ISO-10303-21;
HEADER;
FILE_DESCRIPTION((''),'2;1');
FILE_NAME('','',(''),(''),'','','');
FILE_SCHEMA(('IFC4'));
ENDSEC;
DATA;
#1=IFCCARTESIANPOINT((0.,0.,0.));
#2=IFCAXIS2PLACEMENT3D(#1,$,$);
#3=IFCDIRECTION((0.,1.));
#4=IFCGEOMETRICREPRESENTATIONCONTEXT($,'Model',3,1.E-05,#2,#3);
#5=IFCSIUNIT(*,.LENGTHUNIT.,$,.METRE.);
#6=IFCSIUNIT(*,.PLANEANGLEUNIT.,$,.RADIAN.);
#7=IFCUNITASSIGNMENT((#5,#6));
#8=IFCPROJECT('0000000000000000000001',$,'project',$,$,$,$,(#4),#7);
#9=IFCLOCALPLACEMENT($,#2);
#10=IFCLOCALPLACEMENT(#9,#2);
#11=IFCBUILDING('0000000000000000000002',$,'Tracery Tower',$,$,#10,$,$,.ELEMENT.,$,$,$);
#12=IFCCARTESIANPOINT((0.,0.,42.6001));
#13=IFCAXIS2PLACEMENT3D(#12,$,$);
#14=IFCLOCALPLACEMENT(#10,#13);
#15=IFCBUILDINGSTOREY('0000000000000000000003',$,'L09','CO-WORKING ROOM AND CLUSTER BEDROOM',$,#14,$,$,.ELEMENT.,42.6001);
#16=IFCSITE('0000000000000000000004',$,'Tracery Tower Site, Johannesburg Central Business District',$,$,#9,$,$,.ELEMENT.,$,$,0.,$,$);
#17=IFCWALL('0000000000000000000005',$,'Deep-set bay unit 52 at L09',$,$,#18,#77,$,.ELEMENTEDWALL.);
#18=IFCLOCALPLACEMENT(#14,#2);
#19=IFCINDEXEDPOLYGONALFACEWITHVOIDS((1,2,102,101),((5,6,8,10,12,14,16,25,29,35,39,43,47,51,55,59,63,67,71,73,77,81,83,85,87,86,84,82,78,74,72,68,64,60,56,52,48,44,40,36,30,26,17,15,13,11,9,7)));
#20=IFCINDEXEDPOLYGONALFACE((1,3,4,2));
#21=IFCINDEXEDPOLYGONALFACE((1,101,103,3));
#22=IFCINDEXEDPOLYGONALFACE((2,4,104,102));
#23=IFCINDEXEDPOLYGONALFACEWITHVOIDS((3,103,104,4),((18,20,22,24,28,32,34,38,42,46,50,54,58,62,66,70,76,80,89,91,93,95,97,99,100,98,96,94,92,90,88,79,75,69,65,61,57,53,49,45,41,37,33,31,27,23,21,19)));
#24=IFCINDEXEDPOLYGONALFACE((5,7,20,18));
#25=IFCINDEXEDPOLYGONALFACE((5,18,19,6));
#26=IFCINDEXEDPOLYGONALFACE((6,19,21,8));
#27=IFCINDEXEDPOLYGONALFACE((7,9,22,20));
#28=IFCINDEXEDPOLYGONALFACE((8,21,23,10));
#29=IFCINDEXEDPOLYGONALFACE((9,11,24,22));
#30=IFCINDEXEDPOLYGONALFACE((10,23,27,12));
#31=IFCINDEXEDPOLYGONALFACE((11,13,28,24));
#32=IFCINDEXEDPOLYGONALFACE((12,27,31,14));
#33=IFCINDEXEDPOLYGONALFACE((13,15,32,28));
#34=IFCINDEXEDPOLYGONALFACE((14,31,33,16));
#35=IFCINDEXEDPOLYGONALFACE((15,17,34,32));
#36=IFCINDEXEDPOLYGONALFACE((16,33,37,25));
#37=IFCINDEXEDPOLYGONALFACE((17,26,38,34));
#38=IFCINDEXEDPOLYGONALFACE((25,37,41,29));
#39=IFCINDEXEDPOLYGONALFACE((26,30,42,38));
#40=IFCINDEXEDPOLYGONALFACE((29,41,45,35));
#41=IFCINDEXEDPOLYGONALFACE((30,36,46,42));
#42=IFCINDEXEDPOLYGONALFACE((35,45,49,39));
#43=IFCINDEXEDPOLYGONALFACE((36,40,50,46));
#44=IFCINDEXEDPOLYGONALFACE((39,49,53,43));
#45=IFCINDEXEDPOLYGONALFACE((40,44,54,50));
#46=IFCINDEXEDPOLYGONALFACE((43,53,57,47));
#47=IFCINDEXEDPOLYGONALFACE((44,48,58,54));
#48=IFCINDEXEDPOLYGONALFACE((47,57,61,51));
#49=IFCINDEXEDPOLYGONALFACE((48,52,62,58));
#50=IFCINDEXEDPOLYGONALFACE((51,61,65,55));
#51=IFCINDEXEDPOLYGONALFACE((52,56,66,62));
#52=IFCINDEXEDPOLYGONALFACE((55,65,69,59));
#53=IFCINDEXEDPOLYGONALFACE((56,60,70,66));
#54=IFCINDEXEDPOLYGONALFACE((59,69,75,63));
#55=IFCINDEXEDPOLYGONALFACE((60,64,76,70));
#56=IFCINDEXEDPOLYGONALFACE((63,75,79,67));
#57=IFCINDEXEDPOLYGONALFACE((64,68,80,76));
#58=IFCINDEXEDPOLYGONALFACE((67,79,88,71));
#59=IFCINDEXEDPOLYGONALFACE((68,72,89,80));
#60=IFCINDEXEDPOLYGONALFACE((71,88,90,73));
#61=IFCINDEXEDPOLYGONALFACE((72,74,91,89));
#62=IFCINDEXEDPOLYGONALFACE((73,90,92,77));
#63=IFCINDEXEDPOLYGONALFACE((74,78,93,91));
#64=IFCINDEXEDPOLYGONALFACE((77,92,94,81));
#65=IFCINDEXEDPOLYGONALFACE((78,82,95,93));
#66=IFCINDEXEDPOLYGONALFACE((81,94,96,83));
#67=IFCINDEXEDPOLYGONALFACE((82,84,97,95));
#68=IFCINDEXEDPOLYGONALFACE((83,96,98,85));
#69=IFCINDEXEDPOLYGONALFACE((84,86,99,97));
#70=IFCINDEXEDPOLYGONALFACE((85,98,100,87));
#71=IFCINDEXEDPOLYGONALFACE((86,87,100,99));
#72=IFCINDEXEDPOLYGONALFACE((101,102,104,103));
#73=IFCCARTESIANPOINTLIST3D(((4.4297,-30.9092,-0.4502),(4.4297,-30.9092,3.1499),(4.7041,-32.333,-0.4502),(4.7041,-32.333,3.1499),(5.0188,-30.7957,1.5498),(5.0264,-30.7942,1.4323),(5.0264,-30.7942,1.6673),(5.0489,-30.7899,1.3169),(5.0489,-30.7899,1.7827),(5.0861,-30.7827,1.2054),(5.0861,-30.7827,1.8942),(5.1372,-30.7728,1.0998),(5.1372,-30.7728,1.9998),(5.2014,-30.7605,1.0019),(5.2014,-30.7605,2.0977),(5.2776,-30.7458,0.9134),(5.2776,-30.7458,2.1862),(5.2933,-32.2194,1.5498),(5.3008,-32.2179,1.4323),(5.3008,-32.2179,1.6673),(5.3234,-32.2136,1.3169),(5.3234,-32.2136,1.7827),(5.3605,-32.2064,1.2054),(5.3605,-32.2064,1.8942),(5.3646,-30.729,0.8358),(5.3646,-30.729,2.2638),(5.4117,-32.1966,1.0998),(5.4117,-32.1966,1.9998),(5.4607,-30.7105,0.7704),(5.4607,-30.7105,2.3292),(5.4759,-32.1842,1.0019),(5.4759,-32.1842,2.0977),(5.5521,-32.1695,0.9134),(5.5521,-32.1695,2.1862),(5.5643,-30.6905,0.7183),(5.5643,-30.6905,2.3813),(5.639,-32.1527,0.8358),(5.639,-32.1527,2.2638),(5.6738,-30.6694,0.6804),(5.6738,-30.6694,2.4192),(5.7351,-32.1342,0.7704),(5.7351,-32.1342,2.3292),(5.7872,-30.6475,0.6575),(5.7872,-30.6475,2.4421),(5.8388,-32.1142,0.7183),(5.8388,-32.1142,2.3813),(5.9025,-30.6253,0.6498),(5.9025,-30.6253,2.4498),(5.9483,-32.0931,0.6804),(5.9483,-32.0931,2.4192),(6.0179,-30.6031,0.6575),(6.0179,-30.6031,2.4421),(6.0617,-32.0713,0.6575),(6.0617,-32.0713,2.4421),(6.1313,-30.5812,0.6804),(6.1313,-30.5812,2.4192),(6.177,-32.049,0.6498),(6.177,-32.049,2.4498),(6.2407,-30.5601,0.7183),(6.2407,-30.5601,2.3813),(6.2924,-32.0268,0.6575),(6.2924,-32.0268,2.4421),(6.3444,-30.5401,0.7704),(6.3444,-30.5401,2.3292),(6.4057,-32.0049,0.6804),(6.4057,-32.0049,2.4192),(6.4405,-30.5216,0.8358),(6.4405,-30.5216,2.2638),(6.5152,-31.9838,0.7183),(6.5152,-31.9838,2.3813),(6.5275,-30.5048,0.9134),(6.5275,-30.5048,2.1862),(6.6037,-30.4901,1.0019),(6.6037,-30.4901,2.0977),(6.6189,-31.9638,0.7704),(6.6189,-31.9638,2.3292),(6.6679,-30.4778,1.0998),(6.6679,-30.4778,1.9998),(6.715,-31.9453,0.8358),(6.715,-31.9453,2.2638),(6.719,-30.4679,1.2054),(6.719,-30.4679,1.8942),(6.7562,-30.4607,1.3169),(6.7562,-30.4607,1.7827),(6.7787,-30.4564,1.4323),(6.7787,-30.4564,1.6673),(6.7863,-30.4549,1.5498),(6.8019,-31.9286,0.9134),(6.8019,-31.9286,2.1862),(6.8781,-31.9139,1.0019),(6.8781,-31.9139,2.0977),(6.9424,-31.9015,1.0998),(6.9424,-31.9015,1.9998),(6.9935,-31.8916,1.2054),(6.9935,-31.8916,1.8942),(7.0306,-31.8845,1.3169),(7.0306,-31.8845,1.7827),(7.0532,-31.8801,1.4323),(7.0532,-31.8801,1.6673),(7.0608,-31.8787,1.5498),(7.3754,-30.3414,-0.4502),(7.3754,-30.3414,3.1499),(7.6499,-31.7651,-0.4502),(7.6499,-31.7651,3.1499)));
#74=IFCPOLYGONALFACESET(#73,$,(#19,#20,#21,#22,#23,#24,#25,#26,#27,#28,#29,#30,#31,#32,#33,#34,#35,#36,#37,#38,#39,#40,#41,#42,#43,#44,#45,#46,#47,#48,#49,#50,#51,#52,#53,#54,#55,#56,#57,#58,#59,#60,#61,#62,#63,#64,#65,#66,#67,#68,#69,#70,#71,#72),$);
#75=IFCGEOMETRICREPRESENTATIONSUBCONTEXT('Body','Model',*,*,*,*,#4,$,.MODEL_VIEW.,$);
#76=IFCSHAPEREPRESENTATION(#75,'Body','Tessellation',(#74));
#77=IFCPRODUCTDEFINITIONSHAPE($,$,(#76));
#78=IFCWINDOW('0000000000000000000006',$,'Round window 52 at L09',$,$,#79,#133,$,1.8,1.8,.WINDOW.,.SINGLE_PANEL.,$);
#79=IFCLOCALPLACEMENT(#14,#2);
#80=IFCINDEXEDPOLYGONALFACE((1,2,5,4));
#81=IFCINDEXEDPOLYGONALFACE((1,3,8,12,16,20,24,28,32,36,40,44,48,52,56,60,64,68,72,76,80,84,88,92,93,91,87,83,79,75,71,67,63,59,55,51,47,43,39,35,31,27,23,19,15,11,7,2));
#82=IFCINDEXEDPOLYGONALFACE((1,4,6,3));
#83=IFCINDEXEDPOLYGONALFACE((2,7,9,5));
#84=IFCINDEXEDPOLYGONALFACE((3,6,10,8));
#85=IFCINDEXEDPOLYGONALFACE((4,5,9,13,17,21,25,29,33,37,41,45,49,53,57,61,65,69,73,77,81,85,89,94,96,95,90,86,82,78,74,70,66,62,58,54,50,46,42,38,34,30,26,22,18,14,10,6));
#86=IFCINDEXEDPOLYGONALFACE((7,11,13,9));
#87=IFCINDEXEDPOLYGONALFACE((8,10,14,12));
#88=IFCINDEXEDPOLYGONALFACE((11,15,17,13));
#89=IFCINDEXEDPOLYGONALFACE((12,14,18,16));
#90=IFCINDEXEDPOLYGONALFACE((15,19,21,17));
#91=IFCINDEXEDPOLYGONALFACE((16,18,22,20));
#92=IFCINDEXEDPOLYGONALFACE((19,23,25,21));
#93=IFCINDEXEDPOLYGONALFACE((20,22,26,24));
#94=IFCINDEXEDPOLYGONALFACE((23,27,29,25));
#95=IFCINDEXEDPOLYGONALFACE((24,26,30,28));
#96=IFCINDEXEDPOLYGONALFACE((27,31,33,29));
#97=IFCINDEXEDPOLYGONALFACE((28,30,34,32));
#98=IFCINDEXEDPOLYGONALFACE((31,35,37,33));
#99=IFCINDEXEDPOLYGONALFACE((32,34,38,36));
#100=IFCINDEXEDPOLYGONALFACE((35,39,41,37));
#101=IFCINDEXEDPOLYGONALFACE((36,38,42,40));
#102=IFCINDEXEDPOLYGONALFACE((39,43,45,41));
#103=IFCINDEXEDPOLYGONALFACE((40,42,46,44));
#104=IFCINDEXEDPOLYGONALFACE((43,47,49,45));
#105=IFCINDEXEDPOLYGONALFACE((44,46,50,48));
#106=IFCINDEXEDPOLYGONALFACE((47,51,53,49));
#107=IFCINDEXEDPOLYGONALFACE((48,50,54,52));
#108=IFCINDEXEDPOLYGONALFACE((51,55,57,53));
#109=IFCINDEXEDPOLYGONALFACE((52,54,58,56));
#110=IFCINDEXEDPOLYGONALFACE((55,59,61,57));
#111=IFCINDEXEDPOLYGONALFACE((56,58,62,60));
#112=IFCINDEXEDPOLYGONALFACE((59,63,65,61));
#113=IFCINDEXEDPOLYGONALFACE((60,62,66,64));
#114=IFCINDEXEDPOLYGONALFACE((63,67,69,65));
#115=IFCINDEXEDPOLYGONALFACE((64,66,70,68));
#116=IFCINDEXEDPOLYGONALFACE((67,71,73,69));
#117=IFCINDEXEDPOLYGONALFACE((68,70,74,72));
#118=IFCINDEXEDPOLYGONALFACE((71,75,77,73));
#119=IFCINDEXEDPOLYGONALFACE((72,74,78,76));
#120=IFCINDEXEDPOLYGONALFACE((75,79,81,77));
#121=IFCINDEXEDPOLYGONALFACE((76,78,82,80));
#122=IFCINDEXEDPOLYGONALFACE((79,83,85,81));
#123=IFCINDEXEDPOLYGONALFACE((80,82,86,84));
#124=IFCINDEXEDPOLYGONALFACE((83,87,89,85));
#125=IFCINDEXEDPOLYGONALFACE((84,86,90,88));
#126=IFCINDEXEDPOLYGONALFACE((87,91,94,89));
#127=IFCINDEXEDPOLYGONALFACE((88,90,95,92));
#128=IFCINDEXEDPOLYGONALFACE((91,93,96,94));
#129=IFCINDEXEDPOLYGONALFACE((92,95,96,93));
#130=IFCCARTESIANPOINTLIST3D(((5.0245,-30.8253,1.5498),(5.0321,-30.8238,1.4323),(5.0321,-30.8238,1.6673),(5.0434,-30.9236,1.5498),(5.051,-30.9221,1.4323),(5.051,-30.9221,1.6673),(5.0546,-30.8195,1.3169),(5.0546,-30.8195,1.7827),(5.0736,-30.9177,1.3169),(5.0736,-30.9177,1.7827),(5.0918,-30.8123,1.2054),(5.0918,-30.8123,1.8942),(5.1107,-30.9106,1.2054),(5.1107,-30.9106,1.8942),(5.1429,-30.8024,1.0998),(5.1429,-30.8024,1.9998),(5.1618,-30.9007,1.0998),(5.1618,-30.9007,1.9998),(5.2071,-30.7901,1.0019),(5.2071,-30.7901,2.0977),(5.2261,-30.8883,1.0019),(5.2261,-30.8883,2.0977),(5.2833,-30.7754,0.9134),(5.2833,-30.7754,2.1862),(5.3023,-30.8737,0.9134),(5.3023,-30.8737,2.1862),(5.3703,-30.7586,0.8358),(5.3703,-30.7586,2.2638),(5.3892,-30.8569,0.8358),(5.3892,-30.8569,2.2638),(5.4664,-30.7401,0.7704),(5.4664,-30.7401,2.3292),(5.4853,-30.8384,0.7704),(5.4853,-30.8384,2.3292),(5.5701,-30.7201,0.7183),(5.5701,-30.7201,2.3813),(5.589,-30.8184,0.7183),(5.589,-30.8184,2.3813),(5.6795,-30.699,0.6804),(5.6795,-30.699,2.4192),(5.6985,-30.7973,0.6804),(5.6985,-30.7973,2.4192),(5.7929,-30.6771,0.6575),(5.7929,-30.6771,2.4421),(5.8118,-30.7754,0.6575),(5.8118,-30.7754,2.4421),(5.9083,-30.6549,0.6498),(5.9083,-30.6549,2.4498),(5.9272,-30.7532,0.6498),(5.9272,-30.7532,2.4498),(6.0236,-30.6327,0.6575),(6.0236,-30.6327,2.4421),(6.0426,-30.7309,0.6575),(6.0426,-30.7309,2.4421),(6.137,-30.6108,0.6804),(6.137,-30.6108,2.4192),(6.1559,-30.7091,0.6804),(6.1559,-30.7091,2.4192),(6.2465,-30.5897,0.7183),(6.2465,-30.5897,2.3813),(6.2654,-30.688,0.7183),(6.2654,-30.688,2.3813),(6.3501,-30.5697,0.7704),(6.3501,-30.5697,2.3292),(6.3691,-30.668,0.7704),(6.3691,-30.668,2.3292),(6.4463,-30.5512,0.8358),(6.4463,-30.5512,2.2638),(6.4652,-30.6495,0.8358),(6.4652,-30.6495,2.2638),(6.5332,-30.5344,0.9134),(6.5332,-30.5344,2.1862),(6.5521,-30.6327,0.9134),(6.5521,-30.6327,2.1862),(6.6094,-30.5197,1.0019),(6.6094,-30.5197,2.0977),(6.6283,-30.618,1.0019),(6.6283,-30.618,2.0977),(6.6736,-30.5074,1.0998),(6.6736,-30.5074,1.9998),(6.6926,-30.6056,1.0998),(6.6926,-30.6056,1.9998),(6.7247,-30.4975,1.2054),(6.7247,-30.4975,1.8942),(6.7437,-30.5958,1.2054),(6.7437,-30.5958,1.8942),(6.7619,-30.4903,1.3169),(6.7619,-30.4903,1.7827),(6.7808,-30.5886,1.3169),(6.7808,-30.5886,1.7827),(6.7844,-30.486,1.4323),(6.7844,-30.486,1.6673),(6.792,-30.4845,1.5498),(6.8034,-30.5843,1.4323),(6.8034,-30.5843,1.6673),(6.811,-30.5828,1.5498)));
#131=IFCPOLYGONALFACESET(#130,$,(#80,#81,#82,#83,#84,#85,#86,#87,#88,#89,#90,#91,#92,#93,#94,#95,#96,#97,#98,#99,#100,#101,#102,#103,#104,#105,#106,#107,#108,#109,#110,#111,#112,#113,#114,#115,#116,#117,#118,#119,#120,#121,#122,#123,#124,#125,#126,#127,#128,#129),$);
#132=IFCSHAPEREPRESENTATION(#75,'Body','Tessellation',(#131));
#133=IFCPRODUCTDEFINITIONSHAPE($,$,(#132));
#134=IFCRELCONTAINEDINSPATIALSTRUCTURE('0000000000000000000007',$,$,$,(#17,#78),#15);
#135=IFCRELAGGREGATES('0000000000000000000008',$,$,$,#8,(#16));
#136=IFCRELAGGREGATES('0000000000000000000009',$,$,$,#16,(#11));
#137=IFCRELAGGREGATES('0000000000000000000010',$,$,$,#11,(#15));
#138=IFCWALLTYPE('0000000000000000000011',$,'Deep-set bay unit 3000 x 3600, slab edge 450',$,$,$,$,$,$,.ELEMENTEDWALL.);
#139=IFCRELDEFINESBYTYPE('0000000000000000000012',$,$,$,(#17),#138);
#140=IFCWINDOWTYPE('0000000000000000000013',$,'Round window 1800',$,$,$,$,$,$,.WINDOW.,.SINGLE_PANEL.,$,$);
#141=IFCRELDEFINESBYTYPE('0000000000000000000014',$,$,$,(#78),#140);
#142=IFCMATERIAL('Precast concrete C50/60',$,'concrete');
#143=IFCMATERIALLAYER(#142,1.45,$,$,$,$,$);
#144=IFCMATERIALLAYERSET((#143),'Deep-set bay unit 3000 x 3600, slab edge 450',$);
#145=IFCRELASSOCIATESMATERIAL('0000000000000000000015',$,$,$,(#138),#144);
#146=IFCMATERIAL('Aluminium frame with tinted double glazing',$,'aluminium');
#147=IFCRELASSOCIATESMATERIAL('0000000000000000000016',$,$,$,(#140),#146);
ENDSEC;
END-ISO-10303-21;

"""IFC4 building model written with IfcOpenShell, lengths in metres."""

from ifc_helpers import new_model, si_unit, direction, frame, frame_2d, origin, origin_2d, place, context, subcontext, project, spatial, rectangle, circle, extrude, material, layer, layer_set, type_object, element, fill, save


model = new_model("IFC4")

# Units and contexts
model_context = context("Model", 3, precision=1e-05, world=origin(), true_north=direction((0.0, 1.0)))
body_context = subcontext(model_context, "Body", "Model", "MODEL_VIEW")
ifc_project = project(units=[si_unit("LENGTHUNIT", "METRE"), si_unit("PLANEANGLEUNIT", "RADIAN")], contexts=[model_context])

# Site, building, storey
site_placement = place(None, origin())
site = spatial("IfcSite", under=ifc_project, at=site_placement, Name="Tracery Tower Site, Johannesburg Central Business District", CompositionType="ELEMENT", RefElevation=0.0)
building_placement = place(site_placement, origin())
building = spatial("IfcBuilding", under=site, at=building_placement, Name="Tracery Tower", CompositionType="ELEMENT")
storey_placement = place(building_placement, frame((0.0, 0.0, 42.6001)))
storey = spatial("IfcBuildingStorey", under=building, at=storey_placement, Name="L09", Description="CO-WORKING ROOM AND CLUSTER BEDROOM", CompositionType="ELEMENT", Elevation=42.6001)

# Wall, opening, window
ifc_material_1 = material(Name="Precast concrete C50/60", Category="concrete")
ifc_layer_1 = layer(ifc_material_1, 1.45)
ifc_layer_set_1 = layer_set([ifc_layer_1], Name="Deep-set bay unit 3000 x 3600, slab edge 450")
wall_type_1 = type_object("IfcWallType", Name="Deep-set bay unit 3000 x 3600, slab edge 450", PredefinedType="ELEMENTEDWALL", material=ifc_layer_set_1)
wall_1_placement = place(storey_placement, frame((4.5669, -31.6211, -0.4502), z_axis=(0.0, 0.0, 1.0), x_axis=(0.981922, 0.189288, 0.0)))
wall_1 = element("IfcWall", 1, at=wall_1_placement, inside=storey, type_object=wall_type_1, Name="Deep-set bay unit 52 at L09", PredefinedType="ELEMENTEDWALL", context=body_context, shape_type="SweptSolid", body=[
    extrude(rectangle(XDim=3.0, YDim=1.45, at=frame_2d((1.5, 0.0))), origin(), (0.0, 0.0, 1.0), 3.6001),
])
opening_1_placement = place(wall_1_placement, frame((1.5, 0.0, 2.0)))
opening_1 = element("IfcOpeningElement", 2, at=opening_1_placement, cuts=wall_1, PredefinedType="OPENING", context=body_context, shape_type="SweptSolid", body=[
    extrude(circle(Radius=0.9, at=origin_2d()), frame((0.0, 0.7349, 0.0), z_axis=(0.0, -1.0, 0.0), x_axis=(1.0, 0.0, 0.0)), (0.0, 0.0, 1.0), 1.47),
])
ifc_material_2 = material(Name="Aluminium frame with tinted double glazing", Category="aluminium")
window_type = type_object("IfcWindowType", Name="Round window 1800", PartitioningType="SINGLE_PANEL", PredefinedType="WINDOW", material=ifc_material_2)
window_1_placement = place(opening_1_placement, origin())
window_1 = element("IfcWindow", 3, at=window_1_placement, inside=storey, type_object=window_type, Name="Round window 52 at L09", OverallHeight=1.8, OverallWidth=1.8, PartitioningType="SINGLE_PANEL", PredefinedType="WINDOW", context=body_context, shape_type="SweptSolid", body=[
    extrude(circle(Radius=0.9, at=origin_2d()), frame((0.0, 0.6948, 0.0), z_axis=(0.0, -1.0, 0.0), x_axis=(1.0, 0.0, 0.0)), (0.0, 0.0, 1.0), 0.1001),
])
fill(opening_1, window_1)

save(model, "model.ifc")
